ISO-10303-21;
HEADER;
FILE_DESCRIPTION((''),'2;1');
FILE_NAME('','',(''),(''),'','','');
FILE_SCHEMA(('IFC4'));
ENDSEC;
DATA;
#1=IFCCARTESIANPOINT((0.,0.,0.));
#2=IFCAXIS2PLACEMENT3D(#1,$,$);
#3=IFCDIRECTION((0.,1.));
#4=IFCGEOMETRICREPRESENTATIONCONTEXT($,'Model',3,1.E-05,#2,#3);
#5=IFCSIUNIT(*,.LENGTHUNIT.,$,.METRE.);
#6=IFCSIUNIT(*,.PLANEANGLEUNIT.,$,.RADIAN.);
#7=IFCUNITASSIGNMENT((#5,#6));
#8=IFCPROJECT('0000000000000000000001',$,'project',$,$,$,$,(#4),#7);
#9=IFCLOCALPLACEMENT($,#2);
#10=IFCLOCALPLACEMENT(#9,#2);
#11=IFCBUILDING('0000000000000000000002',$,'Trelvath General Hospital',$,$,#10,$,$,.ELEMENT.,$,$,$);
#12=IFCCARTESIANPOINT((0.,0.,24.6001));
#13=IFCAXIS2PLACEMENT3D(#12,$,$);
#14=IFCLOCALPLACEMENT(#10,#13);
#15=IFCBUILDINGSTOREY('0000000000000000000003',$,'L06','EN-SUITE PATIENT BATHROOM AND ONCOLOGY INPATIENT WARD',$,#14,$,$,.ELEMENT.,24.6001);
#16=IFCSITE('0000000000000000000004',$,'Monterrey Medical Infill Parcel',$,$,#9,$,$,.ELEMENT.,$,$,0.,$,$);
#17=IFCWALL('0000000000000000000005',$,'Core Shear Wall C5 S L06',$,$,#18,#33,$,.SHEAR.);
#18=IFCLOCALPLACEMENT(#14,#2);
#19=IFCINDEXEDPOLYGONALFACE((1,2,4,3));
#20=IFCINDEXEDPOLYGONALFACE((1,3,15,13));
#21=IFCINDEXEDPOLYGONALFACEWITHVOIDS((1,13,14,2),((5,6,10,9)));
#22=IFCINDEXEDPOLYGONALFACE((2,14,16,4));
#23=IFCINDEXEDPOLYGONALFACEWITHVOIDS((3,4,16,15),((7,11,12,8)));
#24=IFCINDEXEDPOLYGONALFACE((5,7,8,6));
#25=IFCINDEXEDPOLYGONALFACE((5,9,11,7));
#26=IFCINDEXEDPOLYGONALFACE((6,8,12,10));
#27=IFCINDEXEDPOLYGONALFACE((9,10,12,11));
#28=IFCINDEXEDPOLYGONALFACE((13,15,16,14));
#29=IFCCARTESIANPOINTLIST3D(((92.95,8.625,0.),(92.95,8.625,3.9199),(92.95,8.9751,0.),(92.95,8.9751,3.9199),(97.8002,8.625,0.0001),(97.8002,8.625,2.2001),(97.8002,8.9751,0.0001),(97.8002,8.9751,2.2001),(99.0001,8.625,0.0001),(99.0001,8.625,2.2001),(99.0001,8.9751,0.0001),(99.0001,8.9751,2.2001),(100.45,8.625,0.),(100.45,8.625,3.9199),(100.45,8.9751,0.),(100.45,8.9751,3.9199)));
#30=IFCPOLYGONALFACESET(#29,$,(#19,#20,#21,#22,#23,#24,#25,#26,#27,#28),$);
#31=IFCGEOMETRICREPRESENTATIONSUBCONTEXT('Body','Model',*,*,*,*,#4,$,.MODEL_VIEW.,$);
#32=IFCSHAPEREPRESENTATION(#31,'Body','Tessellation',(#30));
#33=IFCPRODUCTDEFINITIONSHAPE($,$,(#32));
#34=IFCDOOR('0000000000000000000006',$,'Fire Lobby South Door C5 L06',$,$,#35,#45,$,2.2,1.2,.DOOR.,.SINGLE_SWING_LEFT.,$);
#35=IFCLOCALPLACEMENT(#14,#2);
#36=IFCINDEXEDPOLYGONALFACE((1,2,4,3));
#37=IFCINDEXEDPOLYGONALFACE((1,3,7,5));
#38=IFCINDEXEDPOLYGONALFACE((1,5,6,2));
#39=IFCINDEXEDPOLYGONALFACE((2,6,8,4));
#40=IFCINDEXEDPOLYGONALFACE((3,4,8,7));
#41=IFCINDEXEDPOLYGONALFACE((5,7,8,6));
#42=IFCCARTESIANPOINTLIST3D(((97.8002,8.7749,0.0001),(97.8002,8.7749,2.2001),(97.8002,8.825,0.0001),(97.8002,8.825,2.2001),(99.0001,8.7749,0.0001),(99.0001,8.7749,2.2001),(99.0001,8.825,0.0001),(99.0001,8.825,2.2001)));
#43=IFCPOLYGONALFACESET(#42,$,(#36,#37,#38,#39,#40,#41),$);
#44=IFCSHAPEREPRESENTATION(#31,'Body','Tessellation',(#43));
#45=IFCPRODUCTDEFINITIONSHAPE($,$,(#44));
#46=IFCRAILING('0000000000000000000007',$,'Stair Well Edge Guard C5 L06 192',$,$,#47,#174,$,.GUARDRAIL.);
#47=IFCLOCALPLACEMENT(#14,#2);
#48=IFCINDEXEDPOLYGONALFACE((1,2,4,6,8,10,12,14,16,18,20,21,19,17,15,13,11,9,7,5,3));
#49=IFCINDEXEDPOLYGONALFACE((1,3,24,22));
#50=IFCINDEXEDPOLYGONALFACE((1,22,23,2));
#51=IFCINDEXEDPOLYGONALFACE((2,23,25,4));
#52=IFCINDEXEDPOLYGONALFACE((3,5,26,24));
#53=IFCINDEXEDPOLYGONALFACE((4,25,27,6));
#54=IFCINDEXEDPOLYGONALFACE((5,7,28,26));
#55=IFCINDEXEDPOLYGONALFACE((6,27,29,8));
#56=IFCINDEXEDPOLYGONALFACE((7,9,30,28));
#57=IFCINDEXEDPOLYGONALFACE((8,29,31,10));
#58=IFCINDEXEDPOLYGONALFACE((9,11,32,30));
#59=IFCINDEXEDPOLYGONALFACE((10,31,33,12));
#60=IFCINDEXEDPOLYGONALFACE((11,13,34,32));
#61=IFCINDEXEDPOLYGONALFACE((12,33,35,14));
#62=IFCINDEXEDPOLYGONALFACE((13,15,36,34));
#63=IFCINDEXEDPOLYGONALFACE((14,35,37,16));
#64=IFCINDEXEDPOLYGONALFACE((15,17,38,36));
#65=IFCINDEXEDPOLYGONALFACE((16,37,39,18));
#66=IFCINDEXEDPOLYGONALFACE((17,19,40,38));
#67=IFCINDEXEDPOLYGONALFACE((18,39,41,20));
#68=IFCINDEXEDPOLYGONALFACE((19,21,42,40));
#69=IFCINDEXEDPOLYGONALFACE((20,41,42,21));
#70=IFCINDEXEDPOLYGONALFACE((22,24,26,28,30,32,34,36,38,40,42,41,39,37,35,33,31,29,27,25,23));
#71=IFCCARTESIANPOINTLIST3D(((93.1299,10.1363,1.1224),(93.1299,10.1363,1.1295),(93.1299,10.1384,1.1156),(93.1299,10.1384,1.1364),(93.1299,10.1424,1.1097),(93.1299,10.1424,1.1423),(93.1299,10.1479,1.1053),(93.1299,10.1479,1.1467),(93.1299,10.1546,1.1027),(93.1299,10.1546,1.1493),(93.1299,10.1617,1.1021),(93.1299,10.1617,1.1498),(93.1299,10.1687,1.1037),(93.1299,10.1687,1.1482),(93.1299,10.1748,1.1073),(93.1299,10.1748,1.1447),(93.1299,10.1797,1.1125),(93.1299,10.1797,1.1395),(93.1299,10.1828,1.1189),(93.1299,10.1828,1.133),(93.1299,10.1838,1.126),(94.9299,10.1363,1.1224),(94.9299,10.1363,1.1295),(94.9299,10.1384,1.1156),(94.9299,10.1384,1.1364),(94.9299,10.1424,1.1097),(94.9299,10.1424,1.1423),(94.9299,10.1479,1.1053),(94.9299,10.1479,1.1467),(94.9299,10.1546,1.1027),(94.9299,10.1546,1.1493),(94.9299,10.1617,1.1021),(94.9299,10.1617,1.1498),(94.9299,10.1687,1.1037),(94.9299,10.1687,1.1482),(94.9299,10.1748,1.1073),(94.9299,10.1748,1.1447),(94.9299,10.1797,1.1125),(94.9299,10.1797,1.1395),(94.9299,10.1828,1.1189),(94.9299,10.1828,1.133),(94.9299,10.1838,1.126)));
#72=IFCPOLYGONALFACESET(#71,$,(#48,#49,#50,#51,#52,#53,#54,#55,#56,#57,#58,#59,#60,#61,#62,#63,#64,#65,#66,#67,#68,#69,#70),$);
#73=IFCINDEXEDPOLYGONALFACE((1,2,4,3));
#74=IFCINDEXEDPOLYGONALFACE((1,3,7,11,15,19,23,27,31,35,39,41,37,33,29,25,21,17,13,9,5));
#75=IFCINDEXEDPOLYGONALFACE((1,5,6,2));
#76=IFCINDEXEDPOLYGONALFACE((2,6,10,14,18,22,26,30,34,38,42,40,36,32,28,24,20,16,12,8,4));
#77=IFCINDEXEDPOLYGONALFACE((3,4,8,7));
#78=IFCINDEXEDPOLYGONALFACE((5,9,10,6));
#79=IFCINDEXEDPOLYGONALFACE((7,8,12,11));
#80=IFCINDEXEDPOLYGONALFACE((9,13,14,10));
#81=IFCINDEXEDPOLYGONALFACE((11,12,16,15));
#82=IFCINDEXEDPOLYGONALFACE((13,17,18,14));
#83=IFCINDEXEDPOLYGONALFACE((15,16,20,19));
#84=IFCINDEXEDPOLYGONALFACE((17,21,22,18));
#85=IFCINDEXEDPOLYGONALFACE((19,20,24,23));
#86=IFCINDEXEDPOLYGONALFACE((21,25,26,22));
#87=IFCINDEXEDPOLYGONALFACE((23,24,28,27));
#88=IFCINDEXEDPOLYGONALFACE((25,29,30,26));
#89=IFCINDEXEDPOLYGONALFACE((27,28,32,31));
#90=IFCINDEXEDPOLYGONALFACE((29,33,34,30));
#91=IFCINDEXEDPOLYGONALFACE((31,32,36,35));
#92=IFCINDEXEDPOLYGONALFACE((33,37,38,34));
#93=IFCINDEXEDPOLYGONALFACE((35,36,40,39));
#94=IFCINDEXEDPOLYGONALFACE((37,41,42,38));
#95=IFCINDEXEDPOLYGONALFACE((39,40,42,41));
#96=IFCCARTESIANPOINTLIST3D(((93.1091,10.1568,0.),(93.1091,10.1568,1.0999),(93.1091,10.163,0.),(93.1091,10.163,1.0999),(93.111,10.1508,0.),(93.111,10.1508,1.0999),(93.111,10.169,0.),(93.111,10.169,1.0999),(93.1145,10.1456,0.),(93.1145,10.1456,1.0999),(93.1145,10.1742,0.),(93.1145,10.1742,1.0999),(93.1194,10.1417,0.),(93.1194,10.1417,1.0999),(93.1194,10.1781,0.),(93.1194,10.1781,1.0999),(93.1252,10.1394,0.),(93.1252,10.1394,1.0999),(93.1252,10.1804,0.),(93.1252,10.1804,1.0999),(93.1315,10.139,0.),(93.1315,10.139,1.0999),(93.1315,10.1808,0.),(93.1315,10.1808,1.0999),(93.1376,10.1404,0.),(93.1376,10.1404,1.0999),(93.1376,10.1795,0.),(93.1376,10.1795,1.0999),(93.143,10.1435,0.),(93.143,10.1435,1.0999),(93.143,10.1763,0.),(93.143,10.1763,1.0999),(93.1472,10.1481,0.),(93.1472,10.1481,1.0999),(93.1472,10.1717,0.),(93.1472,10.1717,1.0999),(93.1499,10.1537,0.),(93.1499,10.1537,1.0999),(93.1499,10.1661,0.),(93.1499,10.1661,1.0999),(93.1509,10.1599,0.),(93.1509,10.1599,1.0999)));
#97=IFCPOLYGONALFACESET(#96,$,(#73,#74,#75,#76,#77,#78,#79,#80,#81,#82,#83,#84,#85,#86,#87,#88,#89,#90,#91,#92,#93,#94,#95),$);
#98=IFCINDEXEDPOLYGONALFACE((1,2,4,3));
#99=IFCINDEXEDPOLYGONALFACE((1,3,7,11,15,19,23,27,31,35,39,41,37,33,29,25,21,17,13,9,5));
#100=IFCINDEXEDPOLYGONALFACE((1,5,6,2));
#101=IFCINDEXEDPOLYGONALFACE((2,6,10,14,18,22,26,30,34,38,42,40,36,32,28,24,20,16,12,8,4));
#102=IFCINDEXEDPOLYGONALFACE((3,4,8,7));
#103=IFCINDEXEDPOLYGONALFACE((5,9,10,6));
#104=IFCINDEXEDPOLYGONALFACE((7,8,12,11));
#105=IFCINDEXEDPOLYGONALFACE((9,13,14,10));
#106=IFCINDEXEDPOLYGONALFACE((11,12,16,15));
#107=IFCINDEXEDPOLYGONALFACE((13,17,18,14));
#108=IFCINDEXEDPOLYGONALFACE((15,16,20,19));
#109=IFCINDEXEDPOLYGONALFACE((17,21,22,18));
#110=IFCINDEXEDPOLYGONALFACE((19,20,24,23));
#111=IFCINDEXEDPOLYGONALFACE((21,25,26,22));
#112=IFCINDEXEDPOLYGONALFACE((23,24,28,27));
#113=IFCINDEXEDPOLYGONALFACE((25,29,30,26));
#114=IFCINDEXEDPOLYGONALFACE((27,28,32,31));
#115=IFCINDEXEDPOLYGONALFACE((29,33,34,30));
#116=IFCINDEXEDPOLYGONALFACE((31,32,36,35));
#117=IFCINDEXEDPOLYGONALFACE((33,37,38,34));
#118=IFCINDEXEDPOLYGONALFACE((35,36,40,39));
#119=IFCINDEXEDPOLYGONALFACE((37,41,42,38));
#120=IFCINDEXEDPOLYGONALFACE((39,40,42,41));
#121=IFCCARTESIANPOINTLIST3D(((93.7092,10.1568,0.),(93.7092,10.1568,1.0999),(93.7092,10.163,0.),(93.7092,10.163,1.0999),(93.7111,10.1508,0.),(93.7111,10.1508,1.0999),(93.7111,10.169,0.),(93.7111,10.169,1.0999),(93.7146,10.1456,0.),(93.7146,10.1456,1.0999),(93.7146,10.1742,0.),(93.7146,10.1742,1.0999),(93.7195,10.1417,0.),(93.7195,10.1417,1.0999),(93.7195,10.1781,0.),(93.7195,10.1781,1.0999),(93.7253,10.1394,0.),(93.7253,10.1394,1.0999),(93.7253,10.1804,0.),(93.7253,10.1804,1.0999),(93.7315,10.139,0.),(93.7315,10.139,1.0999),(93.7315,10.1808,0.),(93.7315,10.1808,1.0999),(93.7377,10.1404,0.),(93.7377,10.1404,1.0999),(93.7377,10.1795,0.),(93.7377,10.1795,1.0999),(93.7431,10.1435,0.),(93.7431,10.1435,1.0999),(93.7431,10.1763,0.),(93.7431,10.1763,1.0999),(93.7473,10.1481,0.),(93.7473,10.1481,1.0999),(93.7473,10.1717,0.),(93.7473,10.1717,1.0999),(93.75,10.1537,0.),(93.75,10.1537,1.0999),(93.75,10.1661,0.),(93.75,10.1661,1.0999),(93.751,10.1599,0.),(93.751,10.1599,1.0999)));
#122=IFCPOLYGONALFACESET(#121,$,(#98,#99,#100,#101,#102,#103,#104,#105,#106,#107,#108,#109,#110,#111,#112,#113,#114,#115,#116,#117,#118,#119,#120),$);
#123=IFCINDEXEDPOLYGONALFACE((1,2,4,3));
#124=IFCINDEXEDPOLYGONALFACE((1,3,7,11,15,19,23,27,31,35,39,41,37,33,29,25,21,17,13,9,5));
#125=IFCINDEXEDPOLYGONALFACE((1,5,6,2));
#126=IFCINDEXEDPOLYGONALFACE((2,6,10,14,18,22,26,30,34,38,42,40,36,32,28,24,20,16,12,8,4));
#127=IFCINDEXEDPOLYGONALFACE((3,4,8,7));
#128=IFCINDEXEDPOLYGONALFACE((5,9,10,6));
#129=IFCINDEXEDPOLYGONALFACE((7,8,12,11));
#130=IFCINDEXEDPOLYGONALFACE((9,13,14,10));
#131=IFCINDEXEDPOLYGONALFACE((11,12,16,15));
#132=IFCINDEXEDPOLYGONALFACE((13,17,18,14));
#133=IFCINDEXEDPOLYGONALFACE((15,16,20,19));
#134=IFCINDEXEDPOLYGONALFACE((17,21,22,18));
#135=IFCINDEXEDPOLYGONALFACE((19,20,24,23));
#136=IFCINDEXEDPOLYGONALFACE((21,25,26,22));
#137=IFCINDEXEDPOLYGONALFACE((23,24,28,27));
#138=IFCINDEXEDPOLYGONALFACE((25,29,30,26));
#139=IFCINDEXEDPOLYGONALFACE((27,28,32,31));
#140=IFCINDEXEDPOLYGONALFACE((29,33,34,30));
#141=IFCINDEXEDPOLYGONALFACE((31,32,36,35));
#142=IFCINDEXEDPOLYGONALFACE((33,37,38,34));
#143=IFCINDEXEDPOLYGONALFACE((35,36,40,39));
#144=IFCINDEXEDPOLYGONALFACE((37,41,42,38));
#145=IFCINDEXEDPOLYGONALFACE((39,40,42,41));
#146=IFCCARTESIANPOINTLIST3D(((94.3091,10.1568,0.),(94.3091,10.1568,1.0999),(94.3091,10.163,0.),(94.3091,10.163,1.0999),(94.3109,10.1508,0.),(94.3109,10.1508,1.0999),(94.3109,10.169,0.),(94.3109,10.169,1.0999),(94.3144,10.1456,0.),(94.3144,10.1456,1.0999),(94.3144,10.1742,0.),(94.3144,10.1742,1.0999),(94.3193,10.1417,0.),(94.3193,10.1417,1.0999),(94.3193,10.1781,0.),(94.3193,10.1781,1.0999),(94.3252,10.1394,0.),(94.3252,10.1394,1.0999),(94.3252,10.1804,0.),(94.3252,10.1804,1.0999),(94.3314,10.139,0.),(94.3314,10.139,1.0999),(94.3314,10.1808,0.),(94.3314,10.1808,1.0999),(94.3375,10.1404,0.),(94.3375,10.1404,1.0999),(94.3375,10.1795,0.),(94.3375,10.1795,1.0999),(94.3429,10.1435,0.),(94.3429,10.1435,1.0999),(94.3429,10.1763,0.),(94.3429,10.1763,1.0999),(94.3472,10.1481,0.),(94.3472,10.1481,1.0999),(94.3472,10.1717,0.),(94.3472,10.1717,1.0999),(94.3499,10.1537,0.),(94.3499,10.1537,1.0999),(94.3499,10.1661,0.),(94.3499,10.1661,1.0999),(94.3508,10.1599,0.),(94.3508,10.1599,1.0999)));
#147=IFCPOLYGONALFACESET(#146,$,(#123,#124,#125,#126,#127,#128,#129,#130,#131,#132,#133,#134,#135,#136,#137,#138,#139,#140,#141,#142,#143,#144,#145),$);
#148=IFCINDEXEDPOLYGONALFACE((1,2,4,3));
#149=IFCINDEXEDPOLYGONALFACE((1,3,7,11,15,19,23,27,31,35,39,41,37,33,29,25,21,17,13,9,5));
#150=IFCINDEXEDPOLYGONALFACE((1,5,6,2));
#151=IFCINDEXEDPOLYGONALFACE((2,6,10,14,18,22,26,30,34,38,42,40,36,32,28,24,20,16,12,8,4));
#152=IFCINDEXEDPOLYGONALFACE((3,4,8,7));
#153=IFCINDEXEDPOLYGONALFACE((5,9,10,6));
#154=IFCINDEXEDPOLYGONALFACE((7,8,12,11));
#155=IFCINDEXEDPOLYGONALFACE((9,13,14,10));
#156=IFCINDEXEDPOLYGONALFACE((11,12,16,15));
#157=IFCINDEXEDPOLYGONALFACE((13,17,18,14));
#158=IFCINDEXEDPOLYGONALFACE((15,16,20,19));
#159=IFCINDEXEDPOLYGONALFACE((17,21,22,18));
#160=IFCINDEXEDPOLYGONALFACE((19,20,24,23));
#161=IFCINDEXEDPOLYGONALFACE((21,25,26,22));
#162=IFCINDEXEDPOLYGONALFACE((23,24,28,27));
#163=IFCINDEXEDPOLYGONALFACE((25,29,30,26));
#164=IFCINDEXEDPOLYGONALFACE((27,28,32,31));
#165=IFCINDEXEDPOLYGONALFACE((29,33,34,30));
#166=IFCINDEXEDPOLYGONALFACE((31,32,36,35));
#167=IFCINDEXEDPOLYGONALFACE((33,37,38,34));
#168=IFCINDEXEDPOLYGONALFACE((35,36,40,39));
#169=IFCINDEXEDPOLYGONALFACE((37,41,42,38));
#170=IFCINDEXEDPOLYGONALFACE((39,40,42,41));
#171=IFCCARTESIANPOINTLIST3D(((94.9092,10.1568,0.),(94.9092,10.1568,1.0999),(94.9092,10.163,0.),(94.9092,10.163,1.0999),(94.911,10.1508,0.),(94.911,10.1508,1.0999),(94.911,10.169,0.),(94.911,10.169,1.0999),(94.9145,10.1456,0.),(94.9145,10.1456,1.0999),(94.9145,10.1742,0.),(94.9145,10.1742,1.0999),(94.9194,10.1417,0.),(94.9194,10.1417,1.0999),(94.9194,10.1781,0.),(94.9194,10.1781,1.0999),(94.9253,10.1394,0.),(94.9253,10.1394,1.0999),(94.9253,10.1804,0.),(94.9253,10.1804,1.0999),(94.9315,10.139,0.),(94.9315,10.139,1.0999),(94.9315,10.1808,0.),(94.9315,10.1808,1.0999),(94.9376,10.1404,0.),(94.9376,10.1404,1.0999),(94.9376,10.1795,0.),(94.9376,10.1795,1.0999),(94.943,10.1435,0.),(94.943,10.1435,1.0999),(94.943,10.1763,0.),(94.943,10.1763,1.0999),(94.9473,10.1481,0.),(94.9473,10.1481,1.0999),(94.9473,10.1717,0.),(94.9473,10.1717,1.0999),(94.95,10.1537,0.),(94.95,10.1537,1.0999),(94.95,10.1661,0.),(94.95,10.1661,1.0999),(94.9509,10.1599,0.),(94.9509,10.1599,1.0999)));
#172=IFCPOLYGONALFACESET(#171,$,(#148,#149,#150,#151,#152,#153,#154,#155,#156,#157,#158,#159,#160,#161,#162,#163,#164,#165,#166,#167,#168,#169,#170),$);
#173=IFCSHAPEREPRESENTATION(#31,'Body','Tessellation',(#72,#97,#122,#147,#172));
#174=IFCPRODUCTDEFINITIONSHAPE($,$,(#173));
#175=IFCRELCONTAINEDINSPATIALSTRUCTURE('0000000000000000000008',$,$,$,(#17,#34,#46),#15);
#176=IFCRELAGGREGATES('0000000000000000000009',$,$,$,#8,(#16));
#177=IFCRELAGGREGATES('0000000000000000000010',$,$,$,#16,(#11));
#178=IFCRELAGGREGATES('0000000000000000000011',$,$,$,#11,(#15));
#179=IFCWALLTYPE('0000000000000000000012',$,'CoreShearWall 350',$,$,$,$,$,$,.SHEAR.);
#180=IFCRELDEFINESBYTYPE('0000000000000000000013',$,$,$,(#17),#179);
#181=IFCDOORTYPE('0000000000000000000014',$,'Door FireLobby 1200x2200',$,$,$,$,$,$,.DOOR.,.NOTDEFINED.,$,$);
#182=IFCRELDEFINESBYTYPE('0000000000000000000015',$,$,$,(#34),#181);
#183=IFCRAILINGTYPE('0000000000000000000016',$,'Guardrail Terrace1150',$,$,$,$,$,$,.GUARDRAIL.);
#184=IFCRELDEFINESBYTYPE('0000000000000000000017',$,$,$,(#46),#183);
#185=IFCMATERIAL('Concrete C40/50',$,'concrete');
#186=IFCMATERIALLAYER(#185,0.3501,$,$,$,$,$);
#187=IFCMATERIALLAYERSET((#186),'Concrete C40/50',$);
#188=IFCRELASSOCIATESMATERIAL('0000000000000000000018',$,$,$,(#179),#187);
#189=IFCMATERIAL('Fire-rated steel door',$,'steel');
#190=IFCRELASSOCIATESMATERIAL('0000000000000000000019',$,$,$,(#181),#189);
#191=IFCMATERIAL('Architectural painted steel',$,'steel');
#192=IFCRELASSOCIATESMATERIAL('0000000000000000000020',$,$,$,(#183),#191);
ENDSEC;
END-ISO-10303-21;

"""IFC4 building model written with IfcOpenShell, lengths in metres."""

from ifc_helpers import new_model, si_unit, direction, frame, frame_2d, origin, origin_2d, place, context, subcontext, project, spatial, rectangle, circle, extrude, material, layer, layer_set, type_object, element, fill, save


model = new_model("IFC4")

# Units and contexts
model_context = context("Model", 3, precision=1e-05, world=origin(), true_north=direction((0.0, 1.0)))
body_context = subcontext(model_context, "Body", "Model", "MODEL_VIEW")
ifc_project = project(units=[si_unit("LENGTHUNIT", "METRE"), si_unit("PLANEANGLEUNIT", "RADIAN")], contexts=[model_context])

# Site, building, storey
site_placement = place(None, origin())
site = spatial("IfcSite", under=ifc_project, at=site_placement, Name="Monterrey Medical Infill Parcel", CompositionType="ELEMENT", RefElevation=0.0)
building_placement = place(site_placement, origin())
building = spatial("IfcBuilding", under=site, at=building_placement, Name="Trelvath General Hospital", CompositionType="ELEMENT")
storey_placement = place(building_placement, frame((0.0, 0.0, 24.6001)))
storey = spatial("IfcBuildingStorey", under=building, at=storey_placement, Name="L06", Description="EN-SUITE PATIENT BATHROOM AND ONCOLOGY INPATIENT WARD", CompositionType="ELEMENT", Elevation=24.6001)

# Wall, opening, door
ifc_material_1 = material(Name="Concrete C40/50", Category="concrete")
ifc_layer_1 = layer(ifc_material_1, 0.3501)
ifc_layer_set_1 = layer_set([ifc_layer_1], Name="Concrete C40/50")
wall_type = type_object("IfcWallType", Name="CoreShearWall 350", PredefinedType="SHEAR", material=ifc_layer_set_1)
wall_1_placement = place(storey_placement, frame((92.95, 8.8, 0.0), z_axis=(0.0, 0.0, 1.0), x_axis=(1.0, 0.0, 0.0)))
wall_1 = element("IfcWall", 1, at=wall_1_placement, inside=storey, type_object=wall_type, Name="Core Shear Wall C5 S L06", PredefinedType="SHEAR", context=body_context, shape_type="SweptSolid", body=[
    extrude(rectangle(XDim=7.5, YDim=0.3501, at=frame_2d((3.75, 0.0))), origin(), (0.0, 0.0, 1.0), 3.9199),
])
opening_1_placement = place(wall_1_placement, frame((4.8501, 0.0, 0.0)))
opening_1 = element("IfcOpeningElement", 2, at=opening_1_placement, cuts=wall_1, PredefinedType="OPENING", context=body_context, shape_type="SweptSolid", body=[
    extrude(rectangle(XDim=1.2, YDim=2.2, at=frame_2d((0.6001, 1.1001))), frame((0.0, 0.1851, 0.0), z_axis=(0.0, -1.0, 0.0), x_axis=(1.0, 0.0, 0.0)), (0.0, 0.0, 1.0), 0.3701),
])
ifc_material_2 = material(Name="Fire-rated steel door", Category="steel")
door_type_1 = type_object("IfcDoorType", Name="Door FireLobby 1200x2200", OperationType="NOTDEFINED", PredefinedType="DOOR", material=ifc_material_2)
door_1_placement = place(opening_1_placement, origin())
door_1 = element("IfcDoor", 3, at=door_1_placement, inside=storey, type_object=door_type_1, Name="Fire Lobby South Door C5 L06", OperationType="SINGLE_SWING_LEFT", OverallHeight=2.2, OverallWidth=1.2, PredefinedType="DOOR", context=body_context, shape_type="SweptSolid", body=[
    extrude(rectangle(XDim=1.2, YDim=2.2, at=frame_2d((0.6001, 1.1001))), frame((0.0, 0.0249, 0.0), z_axis=(0.0, -1.0, 0.0), x_axis=(1.0, 0.0, 0.0)), (0.0, 0.0, 1.0), 0.05),
])
fill(opening_1, door_1)

# Railing
ifc_material_3 = material(Name="Architectural painted steel", Category="steel")
railing_type = type_object("IfcRailingType", Name="Guardrail Terrace1150", PredefinedType="GUARDRAIL", material=ifc_material_3)
railing_placement = place(storey_placement, frame((93.1299, 10.1599, 0.0)))
element("IfcRailing", 4, at=railing_placement, inside=storey, type_object=railing_type, Name="Stair Well Edge Guard C5 L06 192", PredefinedType="GUARDRAIL", context=body_context, shape_type="SweptSolid", body=[
    extrude(circle(Radius=0.0239, at=origin_2d()), frame((0.0, 0.0, 1.126), z_axis=(1.0, 0.0, 0.0), x_axis=(0.0, 1.0, 0.0)), (0.0, 0.0, 1.0), 1.8),
    extrude(circle(Radius=0.021, at=origin_2d()), origin(), (0.0, 0.0, 1.0), 1.0999),
    extrude(circle(Radius=0.021, at=origin_2d()), frame((0.6001, 0.0, 0.0)), (0.0, 0.0, 1.0), 1.0999),
    extrude(circle(Radius=0.021, at=origin_2d()), frame((1.2, 0.0, 0.0)), (0.0, 0.0, 1.0), 1.0999),
    extrude(circle(Radius=0.021, at=origin_2d()), frame((1.8, 0.0, 0.0)), (0.0, 0.0, 1.0), 1.0999),
])

save(model, "model.ifc")
